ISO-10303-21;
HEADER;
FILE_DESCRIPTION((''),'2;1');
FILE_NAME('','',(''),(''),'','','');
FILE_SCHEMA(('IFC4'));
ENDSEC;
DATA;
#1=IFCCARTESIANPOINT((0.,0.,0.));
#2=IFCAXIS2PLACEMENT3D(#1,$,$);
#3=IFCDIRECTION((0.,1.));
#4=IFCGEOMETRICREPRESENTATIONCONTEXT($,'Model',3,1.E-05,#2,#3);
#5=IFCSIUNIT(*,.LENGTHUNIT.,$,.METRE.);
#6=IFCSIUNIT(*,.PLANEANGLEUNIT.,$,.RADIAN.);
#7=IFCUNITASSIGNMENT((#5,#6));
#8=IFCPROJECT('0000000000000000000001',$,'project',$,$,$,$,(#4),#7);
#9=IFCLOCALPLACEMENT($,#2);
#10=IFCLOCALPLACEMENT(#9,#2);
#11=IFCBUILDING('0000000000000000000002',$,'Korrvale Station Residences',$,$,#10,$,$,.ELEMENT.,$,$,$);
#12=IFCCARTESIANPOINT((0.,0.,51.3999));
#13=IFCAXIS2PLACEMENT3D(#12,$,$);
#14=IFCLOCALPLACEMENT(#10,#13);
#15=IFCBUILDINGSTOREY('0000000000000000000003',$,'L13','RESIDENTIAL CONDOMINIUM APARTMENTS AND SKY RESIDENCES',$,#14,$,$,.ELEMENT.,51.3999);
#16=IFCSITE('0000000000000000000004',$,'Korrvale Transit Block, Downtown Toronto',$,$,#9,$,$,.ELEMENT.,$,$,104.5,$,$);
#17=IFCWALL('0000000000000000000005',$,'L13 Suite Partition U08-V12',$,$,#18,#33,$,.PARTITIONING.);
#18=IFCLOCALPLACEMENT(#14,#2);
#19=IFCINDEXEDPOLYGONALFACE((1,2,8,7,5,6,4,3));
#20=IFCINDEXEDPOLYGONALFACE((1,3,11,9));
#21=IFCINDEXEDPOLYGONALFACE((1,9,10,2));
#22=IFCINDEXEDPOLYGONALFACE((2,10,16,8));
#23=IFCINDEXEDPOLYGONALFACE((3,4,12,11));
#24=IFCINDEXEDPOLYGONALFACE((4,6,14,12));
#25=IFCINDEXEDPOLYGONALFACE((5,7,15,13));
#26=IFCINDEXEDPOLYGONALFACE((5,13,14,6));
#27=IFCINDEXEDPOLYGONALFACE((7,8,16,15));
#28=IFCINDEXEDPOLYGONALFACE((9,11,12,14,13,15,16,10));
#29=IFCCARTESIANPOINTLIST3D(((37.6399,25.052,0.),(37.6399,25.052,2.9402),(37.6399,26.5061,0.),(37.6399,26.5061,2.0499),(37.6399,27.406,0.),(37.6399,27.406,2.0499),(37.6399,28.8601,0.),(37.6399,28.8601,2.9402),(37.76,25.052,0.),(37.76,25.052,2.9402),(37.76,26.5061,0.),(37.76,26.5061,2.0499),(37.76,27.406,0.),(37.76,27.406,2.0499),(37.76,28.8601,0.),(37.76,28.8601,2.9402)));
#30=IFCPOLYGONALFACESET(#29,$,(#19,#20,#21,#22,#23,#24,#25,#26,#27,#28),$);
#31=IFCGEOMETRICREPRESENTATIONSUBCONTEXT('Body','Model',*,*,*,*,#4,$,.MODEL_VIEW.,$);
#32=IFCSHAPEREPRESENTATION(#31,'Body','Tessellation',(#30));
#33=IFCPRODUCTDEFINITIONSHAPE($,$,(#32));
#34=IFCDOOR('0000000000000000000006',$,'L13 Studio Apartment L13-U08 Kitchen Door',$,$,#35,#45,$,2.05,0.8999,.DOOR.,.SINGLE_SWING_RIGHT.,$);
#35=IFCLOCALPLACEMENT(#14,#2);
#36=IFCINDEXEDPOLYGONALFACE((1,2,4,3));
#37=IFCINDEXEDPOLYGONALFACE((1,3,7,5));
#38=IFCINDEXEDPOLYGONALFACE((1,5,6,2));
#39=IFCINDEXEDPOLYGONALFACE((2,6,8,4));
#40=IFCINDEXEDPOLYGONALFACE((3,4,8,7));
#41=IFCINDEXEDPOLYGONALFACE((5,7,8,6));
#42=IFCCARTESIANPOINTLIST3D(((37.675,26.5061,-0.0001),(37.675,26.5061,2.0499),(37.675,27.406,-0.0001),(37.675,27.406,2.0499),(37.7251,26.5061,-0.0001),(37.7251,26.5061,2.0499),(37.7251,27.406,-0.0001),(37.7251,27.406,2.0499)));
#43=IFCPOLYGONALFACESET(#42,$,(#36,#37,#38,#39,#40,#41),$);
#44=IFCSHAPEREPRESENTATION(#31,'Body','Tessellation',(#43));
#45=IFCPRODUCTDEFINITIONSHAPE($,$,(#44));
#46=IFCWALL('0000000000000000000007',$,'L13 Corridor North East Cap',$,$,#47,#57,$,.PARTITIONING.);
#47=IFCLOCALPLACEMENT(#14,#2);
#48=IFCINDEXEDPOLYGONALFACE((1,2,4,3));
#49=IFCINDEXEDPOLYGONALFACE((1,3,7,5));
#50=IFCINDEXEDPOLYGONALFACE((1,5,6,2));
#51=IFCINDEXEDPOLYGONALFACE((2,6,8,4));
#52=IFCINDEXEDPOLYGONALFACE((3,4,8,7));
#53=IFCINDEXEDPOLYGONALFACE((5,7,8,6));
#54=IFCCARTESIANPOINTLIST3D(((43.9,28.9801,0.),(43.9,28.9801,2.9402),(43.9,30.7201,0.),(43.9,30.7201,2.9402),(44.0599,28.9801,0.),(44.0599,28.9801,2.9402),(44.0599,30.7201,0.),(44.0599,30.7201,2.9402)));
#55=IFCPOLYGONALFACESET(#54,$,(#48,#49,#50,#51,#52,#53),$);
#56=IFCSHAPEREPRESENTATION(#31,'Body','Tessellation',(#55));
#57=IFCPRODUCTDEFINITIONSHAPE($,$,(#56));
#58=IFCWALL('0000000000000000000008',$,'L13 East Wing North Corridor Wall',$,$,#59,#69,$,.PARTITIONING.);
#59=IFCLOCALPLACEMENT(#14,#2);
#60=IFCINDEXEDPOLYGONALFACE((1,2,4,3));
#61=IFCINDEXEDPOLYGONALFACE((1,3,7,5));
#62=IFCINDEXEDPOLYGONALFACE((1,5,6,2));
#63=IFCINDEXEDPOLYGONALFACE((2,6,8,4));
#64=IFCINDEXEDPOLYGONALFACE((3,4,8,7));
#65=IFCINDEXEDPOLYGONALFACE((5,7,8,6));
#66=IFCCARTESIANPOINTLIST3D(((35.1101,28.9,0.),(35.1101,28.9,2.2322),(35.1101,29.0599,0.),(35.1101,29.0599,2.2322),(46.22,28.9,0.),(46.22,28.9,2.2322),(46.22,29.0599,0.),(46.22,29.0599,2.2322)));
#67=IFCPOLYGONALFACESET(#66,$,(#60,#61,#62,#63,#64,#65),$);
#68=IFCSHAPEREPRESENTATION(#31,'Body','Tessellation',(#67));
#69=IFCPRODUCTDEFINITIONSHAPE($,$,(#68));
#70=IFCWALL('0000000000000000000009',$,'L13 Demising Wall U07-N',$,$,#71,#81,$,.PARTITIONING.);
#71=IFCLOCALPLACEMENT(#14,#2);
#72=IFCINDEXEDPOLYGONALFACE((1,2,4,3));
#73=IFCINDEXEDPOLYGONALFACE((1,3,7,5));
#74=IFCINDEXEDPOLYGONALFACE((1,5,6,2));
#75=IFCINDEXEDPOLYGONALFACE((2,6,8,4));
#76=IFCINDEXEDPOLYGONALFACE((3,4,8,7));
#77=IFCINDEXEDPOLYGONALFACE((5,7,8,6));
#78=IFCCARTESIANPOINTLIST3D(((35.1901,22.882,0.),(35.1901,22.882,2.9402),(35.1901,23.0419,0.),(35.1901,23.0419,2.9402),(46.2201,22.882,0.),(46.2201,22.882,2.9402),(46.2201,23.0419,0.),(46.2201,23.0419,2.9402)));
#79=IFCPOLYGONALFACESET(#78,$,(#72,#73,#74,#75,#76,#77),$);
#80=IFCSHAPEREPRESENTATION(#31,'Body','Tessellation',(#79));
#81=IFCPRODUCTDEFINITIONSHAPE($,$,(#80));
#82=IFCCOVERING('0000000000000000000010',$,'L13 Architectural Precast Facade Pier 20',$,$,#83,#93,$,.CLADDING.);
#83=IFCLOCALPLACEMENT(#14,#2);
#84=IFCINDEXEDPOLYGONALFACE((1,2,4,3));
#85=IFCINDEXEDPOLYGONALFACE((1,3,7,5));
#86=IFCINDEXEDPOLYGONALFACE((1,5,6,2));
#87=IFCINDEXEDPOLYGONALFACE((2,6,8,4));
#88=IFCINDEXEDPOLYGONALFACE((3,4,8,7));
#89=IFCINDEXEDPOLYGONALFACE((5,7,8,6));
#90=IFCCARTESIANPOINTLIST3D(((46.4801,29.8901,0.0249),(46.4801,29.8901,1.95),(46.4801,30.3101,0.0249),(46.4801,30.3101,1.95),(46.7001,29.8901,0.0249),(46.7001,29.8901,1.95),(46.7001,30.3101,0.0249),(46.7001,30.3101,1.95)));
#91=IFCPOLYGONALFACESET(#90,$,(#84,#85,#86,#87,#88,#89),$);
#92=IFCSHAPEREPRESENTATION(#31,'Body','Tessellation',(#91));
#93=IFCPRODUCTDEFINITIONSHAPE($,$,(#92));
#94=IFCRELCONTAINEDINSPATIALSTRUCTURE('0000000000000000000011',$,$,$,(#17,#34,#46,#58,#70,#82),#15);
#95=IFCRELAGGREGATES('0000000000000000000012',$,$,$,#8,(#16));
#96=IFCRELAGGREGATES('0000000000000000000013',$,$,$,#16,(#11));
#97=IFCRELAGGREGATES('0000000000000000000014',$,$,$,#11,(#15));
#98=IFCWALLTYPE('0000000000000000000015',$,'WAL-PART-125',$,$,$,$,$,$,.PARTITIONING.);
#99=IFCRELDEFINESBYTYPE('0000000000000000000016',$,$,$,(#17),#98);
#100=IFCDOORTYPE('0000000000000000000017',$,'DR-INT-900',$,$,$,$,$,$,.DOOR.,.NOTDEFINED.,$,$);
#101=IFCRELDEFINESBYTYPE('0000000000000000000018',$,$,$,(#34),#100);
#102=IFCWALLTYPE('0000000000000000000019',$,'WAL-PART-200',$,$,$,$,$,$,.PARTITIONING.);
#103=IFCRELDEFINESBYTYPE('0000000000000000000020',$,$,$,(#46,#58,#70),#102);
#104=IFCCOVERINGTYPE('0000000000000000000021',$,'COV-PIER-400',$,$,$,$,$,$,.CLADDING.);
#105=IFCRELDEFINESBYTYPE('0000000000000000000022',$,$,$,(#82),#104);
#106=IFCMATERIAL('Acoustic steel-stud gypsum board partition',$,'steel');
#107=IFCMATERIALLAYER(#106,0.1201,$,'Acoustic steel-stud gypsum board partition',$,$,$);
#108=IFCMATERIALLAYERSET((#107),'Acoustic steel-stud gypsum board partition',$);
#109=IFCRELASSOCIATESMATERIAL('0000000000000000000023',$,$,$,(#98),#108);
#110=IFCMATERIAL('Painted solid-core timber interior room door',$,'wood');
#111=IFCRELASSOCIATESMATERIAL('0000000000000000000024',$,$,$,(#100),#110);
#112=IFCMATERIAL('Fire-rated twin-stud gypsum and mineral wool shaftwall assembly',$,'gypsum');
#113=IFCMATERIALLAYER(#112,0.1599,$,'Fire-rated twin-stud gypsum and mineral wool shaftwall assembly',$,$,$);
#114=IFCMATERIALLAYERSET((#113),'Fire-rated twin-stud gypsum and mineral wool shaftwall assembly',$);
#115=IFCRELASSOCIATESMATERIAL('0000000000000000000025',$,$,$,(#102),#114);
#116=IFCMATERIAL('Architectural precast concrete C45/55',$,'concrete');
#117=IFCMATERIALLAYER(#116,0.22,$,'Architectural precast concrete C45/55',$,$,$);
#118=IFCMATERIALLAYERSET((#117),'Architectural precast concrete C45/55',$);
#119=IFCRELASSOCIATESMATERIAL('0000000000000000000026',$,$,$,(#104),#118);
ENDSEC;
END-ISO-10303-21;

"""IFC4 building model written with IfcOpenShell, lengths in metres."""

from ifc_helpers import new_model, si_unit, direction, frame, frame_2d, origin, origin_2d, place, context, subcontext, project, spatial, rectangle, extrude, material, layer, layer_set, type_object, element, fill, save


model = new_model("IFC4")

# Units and contexts
model_context = context("Model", 3, precision=1e-05, world=origin(), true_north=direction((0.0, 1.0)))
body_context = subcontext(model_context, "Body", "Model", "MODEL_VIEW")
ifc_project = project(units=[si_unit("LENGTHUNIT", "METRE"), si_unit("PLANEANGLEUNIT", "RADIAN")], contexts=[model_context])

# Site, building, storey
site_placement = place(None, origin())
site = spatial("IfcSite", under=ifc_project, at=site_placement, Name="Korrvale Transit Block, Downtown Toronto", CompositionType="ELEMENT", RefElevation=104.5)
building_placement = place(site_placement, origin())
building = spatial("IfcBuilding", under=site, at=building_placement, Name="Korrvale Station Residences", CompositionType="ELEMENT")
storey_placement = place(building_placement, frame((0.0, 0.0, 51.3999)))
storey = spatial("IfcBuildingStorey", under=building, at=storey_placement, Name="L13", Description="RESIDENTIAL CONDOMINIUM APARTMENTS AND SKY RESIDENCES", CompositionType="ELEMENT", Elevation=51.3999)

# Shared definitions
ifc_material_1 = material(Name="Acoustic steel-stud gypsum board partition", Category="steel")
ifc_layer_1 = layer(ifc_material_1, 0.1201, Name="Acoustic steel-stud gypsum board partition")
ifc_layer_set_1 = layer_set([ifc_layer_1], Name="Acoustic steel-stud gypsum board partition")
wall_type_1 = type_object("IfcWallType", Name="WAL-PART-125", PredefinedType="PARTITIONING", material=ifc_layer_set_1)

# Wall, opening, door
wall_1_placement = place(storey_placement, frame((37.7, 25.052, 0.0), z_axis=(0.0, 0.0, 1.0), x_axis=(0.0, 1.0, 0.0)))
wall_1 = element("IfcWall", 1, at=wall_1_placement, inside=storey, type_object=wall_type_1, Name="L13 Suite Partition U08-V12", PredefinedType="PARTITIONING", context=body_context, shape_type="SweptSolid", body=[
    extrude(rectangle(XDim=3.8081, YDim=0.1201, at=frame_2d((1.9041, 0.0))), origin(), (0.0, 0.0, 1.0), 2.9402),
])
opening_1_placement = place(wall_1_placement, frame((1.4541, 0.0, 0.0)))
opening_1 = element("IfcOpeningElement", 2, at=opening_1_placement, cuts=wall_1, PredefinedType="OPENING", context=body_context, shape_type="SweptSolid", body=[
    extrude(rectangle(XDim=0.8999, YDim=2.05, at=frame_2d((0.45, 1.0249))), frame((0.0, 0.0701, 0.0), z_axis=(0.0, -1.0, 0.0), x_axis=(1.0, 0.0, 0.0)), (0.0, 0.0, 1.0), 0.1401),
])
ifc_material_2 = material(Name="Painted solid-core timber interior room door", Category="wood")
door_type_1 = type_object("IfcDoorType", Name="DR-INT-900", OperationType="NOTDEFINED", PredefinedType="DOOR", material=ifc_material_2)
door_1_placement = place(opening_1_placement, origin())
door_1 = element("IfcDoor", 3, at=door_1_placement, inside=storey, type_object=door_type_1, Name="L13 Studio Apartment L13-U08 Kitchen Door", OperationType="SINGLE_SWING_RIGHT", OverallHeight=2.05, OverallWidth=0.8999, PredefinedType="DOOR", context=body_context, shape_type="SweptSolid", body=[
    extrude(rectangle(XDim=0.8999, YDim=2.05, at=frame_2d((0.45, 1.0249))), frame((0.0, 0.0249, 0.0), z_axis=(0.0, -1.0, 0.0), x_axis=(1.0, 0.0, 0.0)), (0.0, 0.0, 1.0), 0.05),
])
fill(opening_1, door_1)

# Walls
ifc_material_3 = material(Name="Fire-rated twin-stud gypsum and mineral wool shaftwall assembly", Category="gypsum")
ifc_layer_2 = layer(ifc_material_3, 0.1599, Name="Fire-rated twin-stud gypsum and mineral wool shaftwall assembly")
ifc_layer_set_2 = layer_set([ifc_layer_2], Name="Fire-rated twin-stud gypsum and mineral wool shaftwall assembly")
wall_type_2 = type_object("IfcWallType", Name="WAL-PART-200", PredefinedType="PARTITIONING", material=ifc_layer_set_2)
wall_2_placement = place(storey_placement, frame((43.98, 28.98, 0.0), z_axis=(0.0, 0.0, 1.0), x_axis=(0.0, 1.0, 0.0)))
element("IfcWall", 4, at=wall_2_placement, inside=storey, type_object=wall_type_2, Name="L13 Corridor North East Cap", PredefinedType="PARTITIONING", context=body_context, shape_type="SweptSolid", body=[
    extrude(rectangle(XDim=1.74, YDim=0.1599, at=frame_2d((0.8701, 0.0))), origin(), (0.0, 0.0, 1.0), 2.9402),
])
wall_3_placement = place(storey_placement, frame((35.1101, 28.98, 0.0), z_axis=(0.0, 0.0, 1.0), x_axis=(1.0, 0.0, 0.0)))
element("IfcWall", 5, at=wall_3_placement, inside=storey, type_object=wall_type_2, Name="L13 East Wing North Corridor Wall", PredefinedType="PARTITIONING", context=body_context, shape_type="SweptSolid", body=[
    extrude(rectangle(XDim=11.1099, YDim=0.1599, at=frame_2d((5.5549, 0.0))), origin(), (0.0, 0.0, 1.0), 2.2322),
])
wall_4_placement = place(storey_placement, frame((35.1899, 22.9619, 0.0), z_axis=(0.0, 0.0, 1.0), x_axis=(1.0, 0.0, 0.0)))
element("IfcWall", 6, at=wall_4_placement, inside=storey, type_object=wall_type_2, Name="L13 Demising Wall U07-N", PredefinedType="PARTITIONING", context=body_context, shape_type="SweptSolid", body=[
    extrude(rectangle(XDim=11.03, YDim=0.1599, at=frame_2d((5.5151, 0.0))), origin(), (0.0, 0.0, 1.0), 2.9402),
])

# Covering
ifc_material_4 = material(Name="Architectural precast concrete C45/55", Category="concrete")
ifc_layer_3 = layer(ifc_material_4, 0.22, Name="Architectural precast concrete C45/55")
ifc_layer_set_3 = layer_set([ifc_layer_3], Name="Architectural precast concrete C45/55")
covering_type = type_object("IfcCoveringType", Name="COV-PIER-400", PredefinedType="CLADDING", material=ifc_layer_set_3)
covering_placement = place(storey_placement, frame((46.5901, 30.1001, 0.0249), z_axis=(0.0, 0.0, 1.0), x_axis=(0.0, 1.0, 0.0)))
element("IfcCovering", 7, at=covering_placement, inside=storey, type_object=covering_type, Name="L13 Architectural Precast Facade Pier 20", PredefinedType="CLADDING", context=body_context, shape_type="SweptSolid", body=[
    extrude(rectangle(XDim=0.4199, YDim=0.22, at=origin_2d()), origin(), (0.0, 0.0, 1.0), 1.925),
])

save(model, "model.ifc")
